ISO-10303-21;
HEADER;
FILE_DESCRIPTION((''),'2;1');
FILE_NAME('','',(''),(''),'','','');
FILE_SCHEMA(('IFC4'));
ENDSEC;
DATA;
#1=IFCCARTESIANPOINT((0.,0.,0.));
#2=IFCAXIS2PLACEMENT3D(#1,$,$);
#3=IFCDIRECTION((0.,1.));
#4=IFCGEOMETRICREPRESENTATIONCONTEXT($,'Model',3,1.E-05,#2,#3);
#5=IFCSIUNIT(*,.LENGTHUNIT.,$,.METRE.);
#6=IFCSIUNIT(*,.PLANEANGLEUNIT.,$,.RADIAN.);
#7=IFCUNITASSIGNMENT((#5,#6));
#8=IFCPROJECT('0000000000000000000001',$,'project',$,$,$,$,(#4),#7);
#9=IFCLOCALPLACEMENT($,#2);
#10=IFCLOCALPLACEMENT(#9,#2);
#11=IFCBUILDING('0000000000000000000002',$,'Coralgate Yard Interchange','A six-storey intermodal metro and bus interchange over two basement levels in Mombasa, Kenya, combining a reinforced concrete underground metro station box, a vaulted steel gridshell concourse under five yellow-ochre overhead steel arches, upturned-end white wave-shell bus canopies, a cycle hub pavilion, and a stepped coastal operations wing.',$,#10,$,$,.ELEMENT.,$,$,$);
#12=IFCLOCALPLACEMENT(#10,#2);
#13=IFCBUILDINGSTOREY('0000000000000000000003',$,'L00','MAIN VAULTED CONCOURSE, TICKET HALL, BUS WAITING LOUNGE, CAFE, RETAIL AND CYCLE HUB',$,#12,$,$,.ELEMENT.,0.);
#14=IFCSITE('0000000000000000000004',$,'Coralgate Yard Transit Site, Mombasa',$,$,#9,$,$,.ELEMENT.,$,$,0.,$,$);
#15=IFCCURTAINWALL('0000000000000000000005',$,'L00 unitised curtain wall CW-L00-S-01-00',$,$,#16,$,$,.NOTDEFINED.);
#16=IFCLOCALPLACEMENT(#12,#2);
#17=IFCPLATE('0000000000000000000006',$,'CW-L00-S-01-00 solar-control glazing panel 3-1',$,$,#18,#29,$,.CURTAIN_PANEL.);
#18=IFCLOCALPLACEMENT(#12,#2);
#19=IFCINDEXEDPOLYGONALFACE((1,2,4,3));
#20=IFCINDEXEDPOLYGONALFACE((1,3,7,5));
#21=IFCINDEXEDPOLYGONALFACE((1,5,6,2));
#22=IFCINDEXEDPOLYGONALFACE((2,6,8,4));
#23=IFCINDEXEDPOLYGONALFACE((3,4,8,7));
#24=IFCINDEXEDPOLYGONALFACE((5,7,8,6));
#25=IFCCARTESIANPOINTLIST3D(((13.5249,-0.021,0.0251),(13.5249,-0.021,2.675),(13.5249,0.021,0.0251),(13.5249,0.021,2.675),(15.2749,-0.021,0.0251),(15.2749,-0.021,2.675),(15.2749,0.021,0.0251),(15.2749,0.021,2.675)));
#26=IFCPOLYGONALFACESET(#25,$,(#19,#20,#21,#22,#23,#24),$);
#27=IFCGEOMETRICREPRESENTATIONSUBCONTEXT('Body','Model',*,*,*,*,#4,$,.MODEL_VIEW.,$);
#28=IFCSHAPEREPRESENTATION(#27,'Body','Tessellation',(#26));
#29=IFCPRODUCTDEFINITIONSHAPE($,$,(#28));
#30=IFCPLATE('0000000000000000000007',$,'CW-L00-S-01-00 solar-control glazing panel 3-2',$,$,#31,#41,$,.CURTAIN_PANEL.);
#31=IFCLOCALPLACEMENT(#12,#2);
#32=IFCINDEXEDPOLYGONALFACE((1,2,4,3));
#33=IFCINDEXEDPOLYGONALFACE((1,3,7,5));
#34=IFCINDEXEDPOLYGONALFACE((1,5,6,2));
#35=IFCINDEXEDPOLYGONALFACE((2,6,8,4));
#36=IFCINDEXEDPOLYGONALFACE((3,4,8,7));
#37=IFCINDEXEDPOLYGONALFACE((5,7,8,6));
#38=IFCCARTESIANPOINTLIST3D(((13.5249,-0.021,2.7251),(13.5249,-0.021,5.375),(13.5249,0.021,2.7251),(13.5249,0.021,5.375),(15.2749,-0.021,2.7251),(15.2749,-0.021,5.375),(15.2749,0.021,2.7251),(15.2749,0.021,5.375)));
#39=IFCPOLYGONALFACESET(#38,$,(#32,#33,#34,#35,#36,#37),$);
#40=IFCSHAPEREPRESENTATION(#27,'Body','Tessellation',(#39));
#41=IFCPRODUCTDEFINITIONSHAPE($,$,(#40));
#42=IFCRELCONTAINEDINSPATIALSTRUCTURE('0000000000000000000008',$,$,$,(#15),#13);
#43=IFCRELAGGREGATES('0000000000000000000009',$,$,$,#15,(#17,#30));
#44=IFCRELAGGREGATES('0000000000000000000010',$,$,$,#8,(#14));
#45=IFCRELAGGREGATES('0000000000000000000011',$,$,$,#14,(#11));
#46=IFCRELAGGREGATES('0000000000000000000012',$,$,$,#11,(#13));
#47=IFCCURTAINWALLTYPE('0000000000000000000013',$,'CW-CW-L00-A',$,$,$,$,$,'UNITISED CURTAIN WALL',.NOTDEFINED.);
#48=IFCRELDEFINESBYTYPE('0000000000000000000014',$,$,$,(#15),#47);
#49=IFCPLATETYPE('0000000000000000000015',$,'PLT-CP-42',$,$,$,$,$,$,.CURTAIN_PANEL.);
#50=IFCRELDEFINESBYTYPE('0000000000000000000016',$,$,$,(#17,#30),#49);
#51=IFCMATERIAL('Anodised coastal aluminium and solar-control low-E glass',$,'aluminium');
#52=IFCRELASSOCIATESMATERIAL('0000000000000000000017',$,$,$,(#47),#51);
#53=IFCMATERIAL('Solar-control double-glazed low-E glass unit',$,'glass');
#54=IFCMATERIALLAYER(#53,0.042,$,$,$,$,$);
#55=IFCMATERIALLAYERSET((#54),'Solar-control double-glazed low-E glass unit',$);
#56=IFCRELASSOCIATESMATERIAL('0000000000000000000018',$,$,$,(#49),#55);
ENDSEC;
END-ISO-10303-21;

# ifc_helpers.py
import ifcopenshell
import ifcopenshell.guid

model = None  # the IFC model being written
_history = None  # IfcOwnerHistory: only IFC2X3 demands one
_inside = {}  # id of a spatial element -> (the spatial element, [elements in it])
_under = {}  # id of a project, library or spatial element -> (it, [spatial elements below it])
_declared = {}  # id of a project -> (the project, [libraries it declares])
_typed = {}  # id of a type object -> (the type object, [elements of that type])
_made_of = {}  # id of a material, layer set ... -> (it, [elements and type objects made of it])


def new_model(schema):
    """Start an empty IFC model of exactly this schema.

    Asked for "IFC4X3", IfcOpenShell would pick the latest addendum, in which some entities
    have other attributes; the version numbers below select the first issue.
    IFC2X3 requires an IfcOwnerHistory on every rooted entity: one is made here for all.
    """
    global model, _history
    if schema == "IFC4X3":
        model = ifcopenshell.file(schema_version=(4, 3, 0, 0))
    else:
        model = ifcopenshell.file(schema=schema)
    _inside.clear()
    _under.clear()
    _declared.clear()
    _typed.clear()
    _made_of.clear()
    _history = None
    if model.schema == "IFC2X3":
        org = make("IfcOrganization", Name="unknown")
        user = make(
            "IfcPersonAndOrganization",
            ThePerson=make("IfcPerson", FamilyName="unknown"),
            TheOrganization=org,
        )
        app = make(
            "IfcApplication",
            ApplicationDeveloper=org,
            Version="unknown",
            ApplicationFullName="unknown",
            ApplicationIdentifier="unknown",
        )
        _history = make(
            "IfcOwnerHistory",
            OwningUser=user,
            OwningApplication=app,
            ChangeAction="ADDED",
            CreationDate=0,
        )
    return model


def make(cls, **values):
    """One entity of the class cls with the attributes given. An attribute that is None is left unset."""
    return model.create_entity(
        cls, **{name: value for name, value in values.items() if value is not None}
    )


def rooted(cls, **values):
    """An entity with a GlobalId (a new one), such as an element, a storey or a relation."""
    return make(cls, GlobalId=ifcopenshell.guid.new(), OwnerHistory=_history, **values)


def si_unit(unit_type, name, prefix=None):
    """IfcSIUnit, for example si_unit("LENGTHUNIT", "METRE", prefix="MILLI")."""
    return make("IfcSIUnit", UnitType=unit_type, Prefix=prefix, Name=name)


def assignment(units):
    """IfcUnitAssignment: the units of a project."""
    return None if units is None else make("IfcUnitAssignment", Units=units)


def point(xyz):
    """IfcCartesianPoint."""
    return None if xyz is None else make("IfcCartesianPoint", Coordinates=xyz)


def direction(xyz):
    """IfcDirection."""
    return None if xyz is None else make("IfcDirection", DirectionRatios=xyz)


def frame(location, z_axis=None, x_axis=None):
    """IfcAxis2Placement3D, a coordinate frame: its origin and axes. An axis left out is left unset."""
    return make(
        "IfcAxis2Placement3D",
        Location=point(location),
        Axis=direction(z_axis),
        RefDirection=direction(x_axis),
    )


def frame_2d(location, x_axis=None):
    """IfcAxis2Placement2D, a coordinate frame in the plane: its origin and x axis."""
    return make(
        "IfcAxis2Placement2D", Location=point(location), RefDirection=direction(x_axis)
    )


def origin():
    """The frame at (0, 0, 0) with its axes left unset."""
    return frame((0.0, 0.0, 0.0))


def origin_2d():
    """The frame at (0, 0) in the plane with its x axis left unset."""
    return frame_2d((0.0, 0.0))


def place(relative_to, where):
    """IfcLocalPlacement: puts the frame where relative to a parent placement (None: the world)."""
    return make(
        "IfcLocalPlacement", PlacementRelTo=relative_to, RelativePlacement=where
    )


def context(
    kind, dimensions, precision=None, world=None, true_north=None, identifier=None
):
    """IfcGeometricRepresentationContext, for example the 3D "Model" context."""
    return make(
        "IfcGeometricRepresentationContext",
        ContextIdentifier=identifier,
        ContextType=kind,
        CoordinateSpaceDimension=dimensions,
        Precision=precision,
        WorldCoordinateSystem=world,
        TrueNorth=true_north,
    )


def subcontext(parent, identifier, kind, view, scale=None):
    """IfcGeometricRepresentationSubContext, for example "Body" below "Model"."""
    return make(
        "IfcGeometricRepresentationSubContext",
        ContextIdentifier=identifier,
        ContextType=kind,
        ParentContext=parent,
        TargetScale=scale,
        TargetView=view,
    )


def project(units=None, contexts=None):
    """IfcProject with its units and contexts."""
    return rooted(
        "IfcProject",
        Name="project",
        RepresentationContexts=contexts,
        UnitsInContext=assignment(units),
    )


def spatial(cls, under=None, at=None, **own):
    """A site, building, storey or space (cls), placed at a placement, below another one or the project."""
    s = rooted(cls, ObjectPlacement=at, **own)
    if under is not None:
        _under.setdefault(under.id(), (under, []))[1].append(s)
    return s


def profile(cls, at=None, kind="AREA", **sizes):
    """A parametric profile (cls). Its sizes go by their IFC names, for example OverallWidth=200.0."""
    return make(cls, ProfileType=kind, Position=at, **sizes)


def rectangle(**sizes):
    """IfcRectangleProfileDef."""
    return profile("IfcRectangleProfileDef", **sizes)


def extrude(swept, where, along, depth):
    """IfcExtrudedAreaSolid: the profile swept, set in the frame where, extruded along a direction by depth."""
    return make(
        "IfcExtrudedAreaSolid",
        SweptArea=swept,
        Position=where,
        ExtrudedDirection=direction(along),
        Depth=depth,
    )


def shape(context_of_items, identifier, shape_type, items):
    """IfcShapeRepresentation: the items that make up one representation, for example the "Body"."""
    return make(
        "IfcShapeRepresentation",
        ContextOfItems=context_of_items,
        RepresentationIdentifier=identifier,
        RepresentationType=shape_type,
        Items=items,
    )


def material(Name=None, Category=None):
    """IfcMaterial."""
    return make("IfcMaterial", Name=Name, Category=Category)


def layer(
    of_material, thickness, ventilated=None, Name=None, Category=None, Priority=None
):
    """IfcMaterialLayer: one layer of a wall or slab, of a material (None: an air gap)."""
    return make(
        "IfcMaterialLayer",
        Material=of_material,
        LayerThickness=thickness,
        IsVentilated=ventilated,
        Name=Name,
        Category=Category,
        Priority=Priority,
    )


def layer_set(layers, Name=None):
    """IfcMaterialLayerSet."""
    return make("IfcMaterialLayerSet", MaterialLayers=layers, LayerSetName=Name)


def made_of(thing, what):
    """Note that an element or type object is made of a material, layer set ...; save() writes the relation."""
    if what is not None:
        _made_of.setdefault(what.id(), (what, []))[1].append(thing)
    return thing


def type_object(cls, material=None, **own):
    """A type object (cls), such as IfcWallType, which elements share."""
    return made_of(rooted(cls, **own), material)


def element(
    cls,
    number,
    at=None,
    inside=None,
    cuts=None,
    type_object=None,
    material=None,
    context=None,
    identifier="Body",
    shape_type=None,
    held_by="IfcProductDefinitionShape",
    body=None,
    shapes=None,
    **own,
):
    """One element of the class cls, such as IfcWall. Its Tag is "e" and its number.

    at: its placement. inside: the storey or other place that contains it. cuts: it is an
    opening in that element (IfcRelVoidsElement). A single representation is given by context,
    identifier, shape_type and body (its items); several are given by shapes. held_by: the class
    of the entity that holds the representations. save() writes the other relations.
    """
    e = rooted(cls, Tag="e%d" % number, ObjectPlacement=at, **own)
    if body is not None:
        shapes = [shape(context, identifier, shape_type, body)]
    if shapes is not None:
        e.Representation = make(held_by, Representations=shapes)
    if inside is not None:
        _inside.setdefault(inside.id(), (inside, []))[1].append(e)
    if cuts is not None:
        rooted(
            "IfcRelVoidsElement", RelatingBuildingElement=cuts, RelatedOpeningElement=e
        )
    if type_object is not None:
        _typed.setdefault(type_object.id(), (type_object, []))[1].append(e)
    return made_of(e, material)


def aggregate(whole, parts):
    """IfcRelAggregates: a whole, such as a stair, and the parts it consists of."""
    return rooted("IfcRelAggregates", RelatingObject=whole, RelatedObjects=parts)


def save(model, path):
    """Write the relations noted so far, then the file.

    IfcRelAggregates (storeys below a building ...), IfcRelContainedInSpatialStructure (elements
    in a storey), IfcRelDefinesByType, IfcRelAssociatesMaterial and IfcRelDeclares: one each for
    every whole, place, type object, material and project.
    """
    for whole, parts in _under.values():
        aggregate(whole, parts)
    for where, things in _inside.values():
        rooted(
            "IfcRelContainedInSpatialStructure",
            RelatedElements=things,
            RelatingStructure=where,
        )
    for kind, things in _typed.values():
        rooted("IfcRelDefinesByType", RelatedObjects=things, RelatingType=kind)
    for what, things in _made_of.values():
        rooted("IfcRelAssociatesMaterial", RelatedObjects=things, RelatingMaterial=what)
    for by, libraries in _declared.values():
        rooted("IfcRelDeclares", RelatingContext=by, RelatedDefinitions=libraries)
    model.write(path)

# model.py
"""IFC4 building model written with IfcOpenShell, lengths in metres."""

from ifc_helpers import new_model, si_unit, direction, frame, origin, origin_2d, place, context, subcontext, project, spatial, rectangle, extrude, material, layer, layer_set, type_object, element, aggregate, save


model = new_model("IFC4")

# Units and contexts
model_context = context("Model", 3, precision=1e-05, world=origin(), true_north=direction((0.0, 1.0)))
body_context = subcontext(model_context, "Body", "Model", "MODEL_VIEW")
ifc_project = project(units=[si_unit("LENGTHUNIT", "METRE"), si_unit("PLANEANGLEUNIT", "RADIAN")], contexts=[model_context])

# Site, building, storey
site_placement = place(None, origin())
site = spatial("IfcSite", under=ifc_project, at=site_placement, Name="Coralgate Yard Transit Site, Mombasa", CompositionType="ELEMENT", RefElevation=0.0)
building_placement = place(site_placement, origin())
building = spatial("IfcBuilding", under=site, at=building_placement, Name="Coralgate Yard Interchange", Description="A six-storey intermodal metro and bus interchange over two basement levels in Mombasa, Kenya, combining a reinforced concrete underground metro station box, a vaulted steel gridshell concourse under five yellow-ochre overhead steel arches, upturned-end white wave-shell bus canopies, a cycle hub pavilion, and a stepped coastal operations wing.", CompositionType="ELEMENT")
storey_placement = place(building_placement, origin())
storey = spatial("IfcBuildingStorey", under=building, at=storey_placement, Name="L00", Description="MAIN VAULTED CONCOURSE, TICKET HALL, BUS WAITING LOUNGE, CAFE, RETAIL AND CYCLE HUB", CompositionType="ELEMENT", Elevation=0.0)

# Curtain wall, plates
ifc_material_1 = material(Name="Anodised coastal aluminium and solar-control low-E glass", Category="aluminium")
curtain_wall_type = type_object("IfcCurtainWallType", Name="CW-CW-L00-A", ElementType="UNITISED CURTAIN WALL", PredefinedType="NOTDEFINED", material=ifc_material_1)
curtain_wall_placement = place(storey_placement, origin())
curtain_wall = element("IfcCurtainWall", 1, at=curtain_wall_placement, inside=storey, type_object=curtain_wall_type, Name="L00 unitised curtain wall CW-L00-S-01-00", PredefinedType="NOTDEFINED")
ifc_material_2 = material(Name="Solar-control double-glazed low-E glass unit", Category="glass")
ifc_layer = layer(ifc_material_2, 0.042)
ifc_layer_set = layer_set([ifc_layer], Name="Solar-control double-glazed low-E glass unit")
plate_type = type_object("IfcPlateType", Name="PLT-CP-42", PredefinedType="CURTAIN_PANEL", material=ifc_layer_set)
plate_1_placement = place(storey_placement, frame((14.3999, 0.0, 0.0251), z_axis=(0.0, 0.0, 1.0), x_axis=(-1.0, 0.0, 0.0)))
plate_1 = element("IfcPlate", 2, at=plate_1_placement, type_object=plate_type, Name="CW-L00-S-01-00 solar-control glazing panel 3-1", PredefinedType="CURTAIN_PANEL", context=body_context, shape_type="SweptSolid", body=[
    extrude(rectangle(XDim=1.75, YDim=0.042, at=origin_2d()), origin(), (0.0, 0.0, 1.0), 2.6499),
])
plate_2_placement = place(storey_placement, frame((14.3999, 0.0, 2.7251), z_axis=(0.0, 0.0, 1.0), x_axis=(-1.0, 0.0, 0.0)))
plate_2 = element("IfcPlate", 3, at=plate_2_placement, type_object=plate_type, Name="CW-L00-S-01-00 solar-control glazing panel 3-2", PredefinedType="CURTAIN_PANEL", context=body_context, shape_type="SweptSolid", body=[
    extrude(rectangle(XDim=1.75, YDim=0.042, at=origin_2d()), origin(), (0.0, 0.0, 1.0), 2.6499),
])
aggregate(curtain_wall, [plate_1, plate_2])

save(model, "model.ifc")
